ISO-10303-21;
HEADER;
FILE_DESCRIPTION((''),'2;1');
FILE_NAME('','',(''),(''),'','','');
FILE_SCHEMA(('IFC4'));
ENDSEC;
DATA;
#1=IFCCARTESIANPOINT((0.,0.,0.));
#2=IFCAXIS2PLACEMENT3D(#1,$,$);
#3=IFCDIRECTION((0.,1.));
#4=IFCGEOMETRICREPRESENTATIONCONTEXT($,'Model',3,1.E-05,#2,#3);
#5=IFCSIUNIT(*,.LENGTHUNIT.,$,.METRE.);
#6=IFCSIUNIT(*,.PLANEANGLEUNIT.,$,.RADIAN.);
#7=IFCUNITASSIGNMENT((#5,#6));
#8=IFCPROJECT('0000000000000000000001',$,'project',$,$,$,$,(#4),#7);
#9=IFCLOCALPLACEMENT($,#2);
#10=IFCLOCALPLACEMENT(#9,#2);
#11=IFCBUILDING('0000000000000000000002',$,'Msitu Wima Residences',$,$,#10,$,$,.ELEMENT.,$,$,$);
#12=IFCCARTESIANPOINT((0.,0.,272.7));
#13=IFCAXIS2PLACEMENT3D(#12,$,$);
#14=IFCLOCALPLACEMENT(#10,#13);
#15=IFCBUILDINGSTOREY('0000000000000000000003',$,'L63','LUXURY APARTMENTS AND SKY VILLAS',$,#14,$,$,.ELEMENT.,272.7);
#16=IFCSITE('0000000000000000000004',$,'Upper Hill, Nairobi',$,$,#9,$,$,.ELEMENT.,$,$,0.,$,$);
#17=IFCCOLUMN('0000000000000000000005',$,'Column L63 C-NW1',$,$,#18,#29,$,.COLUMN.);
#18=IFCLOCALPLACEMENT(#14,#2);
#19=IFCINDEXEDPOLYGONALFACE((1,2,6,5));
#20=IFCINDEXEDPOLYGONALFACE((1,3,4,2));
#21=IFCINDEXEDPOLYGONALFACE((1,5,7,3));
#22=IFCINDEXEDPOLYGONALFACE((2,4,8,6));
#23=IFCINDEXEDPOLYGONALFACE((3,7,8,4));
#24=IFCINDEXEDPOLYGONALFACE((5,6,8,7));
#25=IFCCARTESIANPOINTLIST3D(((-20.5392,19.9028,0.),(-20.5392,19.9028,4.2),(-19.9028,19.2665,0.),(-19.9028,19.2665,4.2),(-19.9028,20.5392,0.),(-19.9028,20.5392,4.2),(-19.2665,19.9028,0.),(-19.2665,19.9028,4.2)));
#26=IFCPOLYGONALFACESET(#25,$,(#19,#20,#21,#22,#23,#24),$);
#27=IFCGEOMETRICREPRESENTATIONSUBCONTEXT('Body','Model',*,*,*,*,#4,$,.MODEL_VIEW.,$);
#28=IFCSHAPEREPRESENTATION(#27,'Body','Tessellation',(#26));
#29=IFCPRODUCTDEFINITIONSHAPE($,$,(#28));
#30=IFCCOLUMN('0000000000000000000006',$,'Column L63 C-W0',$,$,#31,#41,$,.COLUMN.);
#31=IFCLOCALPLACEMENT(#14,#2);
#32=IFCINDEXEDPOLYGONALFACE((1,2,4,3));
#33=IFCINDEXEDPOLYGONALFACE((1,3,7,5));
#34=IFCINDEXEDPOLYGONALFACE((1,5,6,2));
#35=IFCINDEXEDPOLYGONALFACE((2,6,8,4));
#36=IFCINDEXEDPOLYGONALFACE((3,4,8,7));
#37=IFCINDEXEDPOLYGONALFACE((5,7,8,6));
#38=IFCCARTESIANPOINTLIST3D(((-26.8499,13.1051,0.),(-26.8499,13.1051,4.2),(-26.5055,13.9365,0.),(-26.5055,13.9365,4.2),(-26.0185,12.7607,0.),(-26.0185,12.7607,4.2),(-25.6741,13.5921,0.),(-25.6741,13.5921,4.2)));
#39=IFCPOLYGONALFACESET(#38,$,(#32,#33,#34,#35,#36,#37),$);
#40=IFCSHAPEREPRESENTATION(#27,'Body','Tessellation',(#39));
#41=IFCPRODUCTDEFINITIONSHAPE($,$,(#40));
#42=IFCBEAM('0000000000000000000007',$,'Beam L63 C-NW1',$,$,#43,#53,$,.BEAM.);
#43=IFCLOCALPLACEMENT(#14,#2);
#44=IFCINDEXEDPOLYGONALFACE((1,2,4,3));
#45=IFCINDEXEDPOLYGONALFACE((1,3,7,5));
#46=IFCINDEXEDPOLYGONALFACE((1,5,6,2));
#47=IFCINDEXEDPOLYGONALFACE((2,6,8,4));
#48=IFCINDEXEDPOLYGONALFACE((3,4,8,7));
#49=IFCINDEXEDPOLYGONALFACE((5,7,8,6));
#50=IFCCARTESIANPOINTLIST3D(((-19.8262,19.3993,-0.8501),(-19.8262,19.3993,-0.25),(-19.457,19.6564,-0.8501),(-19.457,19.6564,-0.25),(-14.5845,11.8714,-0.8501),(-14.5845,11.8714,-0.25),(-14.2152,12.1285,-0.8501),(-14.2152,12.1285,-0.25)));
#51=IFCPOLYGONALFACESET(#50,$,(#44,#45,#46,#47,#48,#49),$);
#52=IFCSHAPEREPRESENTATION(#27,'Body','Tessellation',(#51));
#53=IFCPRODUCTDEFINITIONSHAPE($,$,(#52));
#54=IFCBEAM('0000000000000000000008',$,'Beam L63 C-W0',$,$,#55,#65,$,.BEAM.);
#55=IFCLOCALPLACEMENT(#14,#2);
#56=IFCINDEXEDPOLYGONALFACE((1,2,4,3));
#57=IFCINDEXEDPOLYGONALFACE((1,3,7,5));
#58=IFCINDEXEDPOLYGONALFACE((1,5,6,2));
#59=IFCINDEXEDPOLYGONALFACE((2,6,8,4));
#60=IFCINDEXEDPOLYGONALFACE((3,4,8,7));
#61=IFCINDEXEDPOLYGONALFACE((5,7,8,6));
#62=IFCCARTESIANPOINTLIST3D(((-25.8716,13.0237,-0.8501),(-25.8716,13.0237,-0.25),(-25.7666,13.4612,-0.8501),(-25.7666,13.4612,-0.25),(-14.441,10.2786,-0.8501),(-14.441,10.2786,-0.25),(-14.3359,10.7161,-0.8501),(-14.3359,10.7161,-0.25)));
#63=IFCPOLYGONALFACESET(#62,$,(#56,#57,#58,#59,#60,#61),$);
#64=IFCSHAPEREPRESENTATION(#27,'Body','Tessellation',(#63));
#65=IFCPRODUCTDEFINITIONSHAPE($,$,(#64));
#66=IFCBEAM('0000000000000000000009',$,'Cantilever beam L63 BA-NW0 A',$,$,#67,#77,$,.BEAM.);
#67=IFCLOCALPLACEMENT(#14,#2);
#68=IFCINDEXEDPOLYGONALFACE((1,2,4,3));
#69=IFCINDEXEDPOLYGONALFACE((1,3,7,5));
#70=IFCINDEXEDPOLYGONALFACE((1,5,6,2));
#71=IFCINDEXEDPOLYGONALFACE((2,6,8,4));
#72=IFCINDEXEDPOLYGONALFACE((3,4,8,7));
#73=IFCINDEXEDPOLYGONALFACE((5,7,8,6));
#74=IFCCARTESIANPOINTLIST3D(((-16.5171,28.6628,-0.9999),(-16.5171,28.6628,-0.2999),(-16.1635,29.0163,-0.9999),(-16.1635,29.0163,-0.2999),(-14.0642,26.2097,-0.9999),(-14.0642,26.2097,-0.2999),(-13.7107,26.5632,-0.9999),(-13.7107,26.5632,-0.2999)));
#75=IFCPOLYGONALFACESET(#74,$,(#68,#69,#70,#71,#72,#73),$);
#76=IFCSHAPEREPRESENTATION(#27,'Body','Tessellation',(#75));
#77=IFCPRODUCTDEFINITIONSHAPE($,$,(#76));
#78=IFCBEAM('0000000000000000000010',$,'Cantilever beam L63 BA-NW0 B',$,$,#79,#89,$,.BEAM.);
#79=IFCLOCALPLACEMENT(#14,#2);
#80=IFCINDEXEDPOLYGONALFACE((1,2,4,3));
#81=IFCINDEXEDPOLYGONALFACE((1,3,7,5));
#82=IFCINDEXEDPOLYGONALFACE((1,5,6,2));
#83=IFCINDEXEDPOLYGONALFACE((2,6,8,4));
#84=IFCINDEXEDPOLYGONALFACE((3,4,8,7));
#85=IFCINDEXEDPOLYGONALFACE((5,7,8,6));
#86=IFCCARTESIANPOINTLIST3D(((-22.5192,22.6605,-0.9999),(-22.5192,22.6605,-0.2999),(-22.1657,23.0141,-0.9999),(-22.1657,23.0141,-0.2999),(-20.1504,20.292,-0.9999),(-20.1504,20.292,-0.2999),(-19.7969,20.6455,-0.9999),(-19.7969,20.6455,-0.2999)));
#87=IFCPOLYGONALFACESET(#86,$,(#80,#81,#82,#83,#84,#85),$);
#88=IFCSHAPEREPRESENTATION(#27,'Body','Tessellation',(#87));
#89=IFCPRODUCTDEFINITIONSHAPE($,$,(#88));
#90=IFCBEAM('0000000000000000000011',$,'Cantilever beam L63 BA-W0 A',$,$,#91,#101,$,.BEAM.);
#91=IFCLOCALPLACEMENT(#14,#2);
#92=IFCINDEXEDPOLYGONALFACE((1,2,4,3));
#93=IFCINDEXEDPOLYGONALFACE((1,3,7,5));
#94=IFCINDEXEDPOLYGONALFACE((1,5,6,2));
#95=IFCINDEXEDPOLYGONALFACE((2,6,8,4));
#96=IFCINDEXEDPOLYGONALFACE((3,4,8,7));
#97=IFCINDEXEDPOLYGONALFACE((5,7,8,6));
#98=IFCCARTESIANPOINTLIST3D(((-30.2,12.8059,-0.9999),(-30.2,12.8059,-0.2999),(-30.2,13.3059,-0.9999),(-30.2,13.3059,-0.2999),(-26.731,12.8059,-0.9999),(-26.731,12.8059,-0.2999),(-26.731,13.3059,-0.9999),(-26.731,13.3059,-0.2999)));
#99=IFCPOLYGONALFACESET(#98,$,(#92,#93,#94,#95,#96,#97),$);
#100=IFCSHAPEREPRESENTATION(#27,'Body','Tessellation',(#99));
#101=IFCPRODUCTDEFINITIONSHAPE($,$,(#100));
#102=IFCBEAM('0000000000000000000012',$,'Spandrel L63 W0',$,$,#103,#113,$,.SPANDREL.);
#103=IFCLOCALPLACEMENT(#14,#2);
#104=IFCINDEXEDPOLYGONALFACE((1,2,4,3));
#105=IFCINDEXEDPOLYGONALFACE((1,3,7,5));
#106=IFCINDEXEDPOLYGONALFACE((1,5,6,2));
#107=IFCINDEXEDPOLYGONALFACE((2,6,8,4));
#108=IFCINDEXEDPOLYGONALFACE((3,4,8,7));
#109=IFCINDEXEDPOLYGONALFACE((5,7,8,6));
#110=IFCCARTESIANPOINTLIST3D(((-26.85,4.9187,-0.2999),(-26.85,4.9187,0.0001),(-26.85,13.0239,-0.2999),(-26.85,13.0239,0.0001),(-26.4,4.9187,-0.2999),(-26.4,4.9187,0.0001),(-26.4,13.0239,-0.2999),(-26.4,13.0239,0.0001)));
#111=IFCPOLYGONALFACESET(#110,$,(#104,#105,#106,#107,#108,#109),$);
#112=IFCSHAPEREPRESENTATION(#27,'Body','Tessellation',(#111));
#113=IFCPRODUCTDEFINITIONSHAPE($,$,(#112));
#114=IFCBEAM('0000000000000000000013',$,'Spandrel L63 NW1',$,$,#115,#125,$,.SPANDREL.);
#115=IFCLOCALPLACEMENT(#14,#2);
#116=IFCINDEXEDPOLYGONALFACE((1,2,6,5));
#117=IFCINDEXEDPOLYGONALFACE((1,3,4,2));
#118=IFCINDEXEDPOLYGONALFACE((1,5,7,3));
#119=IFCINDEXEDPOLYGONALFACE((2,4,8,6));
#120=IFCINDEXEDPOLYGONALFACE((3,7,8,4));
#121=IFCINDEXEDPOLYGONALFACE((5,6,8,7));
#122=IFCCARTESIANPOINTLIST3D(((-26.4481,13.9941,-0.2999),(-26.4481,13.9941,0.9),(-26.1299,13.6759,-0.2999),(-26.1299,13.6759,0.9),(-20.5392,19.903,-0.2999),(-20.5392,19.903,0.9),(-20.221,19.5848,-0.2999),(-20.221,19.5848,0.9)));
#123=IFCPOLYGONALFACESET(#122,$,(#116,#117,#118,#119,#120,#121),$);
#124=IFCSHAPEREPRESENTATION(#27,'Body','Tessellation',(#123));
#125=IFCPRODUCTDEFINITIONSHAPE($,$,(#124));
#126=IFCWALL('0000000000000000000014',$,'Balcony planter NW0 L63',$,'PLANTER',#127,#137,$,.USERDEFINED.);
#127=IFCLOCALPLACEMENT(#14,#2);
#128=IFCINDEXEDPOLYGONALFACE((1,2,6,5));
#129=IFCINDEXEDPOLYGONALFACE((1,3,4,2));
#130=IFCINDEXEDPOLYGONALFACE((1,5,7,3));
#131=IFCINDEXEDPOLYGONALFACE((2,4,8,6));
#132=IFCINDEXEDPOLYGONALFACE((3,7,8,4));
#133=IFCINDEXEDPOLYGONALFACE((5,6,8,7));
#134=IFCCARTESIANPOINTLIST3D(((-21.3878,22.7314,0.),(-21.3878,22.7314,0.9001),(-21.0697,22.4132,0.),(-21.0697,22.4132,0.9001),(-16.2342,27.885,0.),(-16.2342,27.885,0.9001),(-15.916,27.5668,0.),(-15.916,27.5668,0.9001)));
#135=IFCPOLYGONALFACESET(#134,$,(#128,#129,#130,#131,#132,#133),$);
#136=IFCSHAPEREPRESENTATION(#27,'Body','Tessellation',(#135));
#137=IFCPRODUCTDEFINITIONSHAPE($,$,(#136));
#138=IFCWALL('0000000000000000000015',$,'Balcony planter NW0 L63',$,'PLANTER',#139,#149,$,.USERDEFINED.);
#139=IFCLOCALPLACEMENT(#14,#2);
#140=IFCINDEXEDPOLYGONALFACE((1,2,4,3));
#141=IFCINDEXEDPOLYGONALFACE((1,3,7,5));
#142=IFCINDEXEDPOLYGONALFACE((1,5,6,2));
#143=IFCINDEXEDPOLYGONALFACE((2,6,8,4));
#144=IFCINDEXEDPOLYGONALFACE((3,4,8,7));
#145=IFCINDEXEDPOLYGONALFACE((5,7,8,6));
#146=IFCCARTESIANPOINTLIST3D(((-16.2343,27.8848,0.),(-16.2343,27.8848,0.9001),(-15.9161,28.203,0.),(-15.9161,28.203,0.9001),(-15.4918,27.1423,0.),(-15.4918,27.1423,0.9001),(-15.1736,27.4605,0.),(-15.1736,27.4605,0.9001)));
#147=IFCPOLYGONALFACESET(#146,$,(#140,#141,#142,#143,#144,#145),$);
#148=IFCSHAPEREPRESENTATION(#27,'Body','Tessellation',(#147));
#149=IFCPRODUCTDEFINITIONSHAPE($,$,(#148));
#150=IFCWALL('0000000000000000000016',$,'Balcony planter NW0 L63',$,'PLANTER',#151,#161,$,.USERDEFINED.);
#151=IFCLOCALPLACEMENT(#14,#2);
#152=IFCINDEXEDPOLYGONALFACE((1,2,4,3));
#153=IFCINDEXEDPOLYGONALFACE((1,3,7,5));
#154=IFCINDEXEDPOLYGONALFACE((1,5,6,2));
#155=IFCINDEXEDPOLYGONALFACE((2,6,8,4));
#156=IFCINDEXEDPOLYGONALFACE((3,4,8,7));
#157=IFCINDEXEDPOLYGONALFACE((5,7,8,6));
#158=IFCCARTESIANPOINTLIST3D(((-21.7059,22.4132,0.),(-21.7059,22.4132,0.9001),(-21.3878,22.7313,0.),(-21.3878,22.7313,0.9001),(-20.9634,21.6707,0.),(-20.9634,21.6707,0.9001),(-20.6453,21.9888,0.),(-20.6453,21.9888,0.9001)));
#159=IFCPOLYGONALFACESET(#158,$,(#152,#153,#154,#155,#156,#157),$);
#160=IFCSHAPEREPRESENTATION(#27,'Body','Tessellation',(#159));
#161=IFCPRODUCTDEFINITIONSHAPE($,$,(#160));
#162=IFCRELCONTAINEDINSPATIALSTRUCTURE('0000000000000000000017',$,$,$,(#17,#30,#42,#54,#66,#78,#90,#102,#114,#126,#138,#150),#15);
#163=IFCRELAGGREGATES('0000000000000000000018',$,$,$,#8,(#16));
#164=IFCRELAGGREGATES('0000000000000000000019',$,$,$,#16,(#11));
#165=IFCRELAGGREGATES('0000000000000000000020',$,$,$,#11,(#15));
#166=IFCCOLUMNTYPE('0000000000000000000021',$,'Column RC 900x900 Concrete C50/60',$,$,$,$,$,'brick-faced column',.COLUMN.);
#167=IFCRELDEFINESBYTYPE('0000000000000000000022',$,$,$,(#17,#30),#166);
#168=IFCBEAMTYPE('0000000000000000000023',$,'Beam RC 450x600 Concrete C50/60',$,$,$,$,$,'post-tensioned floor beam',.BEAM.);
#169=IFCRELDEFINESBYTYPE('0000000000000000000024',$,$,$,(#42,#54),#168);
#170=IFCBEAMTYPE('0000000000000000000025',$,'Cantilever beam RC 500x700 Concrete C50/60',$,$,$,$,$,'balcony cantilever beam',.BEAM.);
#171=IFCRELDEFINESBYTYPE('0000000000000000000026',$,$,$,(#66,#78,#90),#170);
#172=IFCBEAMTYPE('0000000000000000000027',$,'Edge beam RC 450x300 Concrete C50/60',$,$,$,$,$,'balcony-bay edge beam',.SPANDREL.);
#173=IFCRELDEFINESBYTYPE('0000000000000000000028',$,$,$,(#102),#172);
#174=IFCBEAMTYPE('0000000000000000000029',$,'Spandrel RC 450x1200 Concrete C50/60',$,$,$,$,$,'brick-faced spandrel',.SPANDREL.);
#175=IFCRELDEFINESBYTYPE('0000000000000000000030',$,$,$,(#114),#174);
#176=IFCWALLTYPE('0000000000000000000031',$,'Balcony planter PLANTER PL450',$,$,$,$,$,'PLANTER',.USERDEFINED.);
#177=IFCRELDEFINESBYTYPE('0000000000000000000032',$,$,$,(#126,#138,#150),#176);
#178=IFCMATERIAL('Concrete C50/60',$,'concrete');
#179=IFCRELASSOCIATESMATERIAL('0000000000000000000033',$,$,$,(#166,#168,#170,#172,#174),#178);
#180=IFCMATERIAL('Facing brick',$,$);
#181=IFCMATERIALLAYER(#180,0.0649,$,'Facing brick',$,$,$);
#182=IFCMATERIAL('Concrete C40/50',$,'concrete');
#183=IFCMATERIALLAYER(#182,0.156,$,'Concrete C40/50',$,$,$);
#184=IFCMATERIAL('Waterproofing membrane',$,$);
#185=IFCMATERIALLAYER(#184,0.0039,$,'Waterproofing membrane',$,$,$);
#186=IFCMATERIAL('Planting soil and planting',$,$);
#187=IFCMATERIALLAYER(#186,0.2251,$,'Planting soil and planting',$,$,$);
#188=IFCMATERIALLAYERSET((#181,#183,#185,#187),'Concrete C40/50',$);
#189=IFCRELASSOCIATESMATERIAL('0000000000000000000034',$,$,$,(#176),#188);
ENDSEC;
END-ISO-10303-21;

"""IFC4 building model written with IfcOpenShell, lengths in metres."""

from ifc_helpers import new_model, si_unit, direction, frame, frame_2d, origin, origin_2d, place, context, subcontext, project, spatial, rectangle, extrude, material, layer, layer_set, material_profile, profile_set, type_object, element, save


model = new_model("IFC4")

# Units and contexts
model_context = context("Model", 3, precision=1e-05, world=origin(), true_north=direction((0.0, 1.0)))
body_context = subcontext(model_context, "Body", "Model", "MODEL_VIEW")
ifc_project = project(units=[si_unit("LENGTHUNIT", "METRE"), si_unit("PLANEANGLEUNIT", "RADIAN")], contexts=[model_context])

# Site, building, storey
site_placement = place(None, origin())
site = spatial("IfcSite", under=ifc_project, at=site_placement, Name="Upper Hill, Nairobi", CompositionType="ELEMENT", RefElevation=0.0)
building_placement = place(site_placement, origin())
building = spatial("IfcBuilding", under=site, at=building_placement, Name="Msitu Wima Residences", CompositionType="ELEMENT")
storey_placement = place(building_placement, frame((0.0, 0.0, 272.7)))
storey = spatial("IfcBuildingStorey", under=building, at=storey_placement, Name="L63", Description="LUXURY APARTMENTS AND SKY VILLAS", CompositionType="ELEMENT", Elevation=272.7)

# Columns
ifc_material_1 = material(Name="Concrete C50/60", Category="concrete")
ifc_material_profile_1 = material_profile(ifc_material_1, rectangle(XDim=0.8999, YDim=0.8999, at=origin_2d()), Name="RC 900x900")
ifc_profile_set_1 = profile_set([ifc_material_profile_1], Name="Concrete C50/60")
column_type = type_object("IfcColumnType", Name="Column RC 900x900 Concrete C50/60", ElementType="brick-faced column", PredefinedType="COLUMN", material=ifc_profile_set_1)
for number, where, z_axis, x_axis, name in (
    (1, (-19.9028, 19.9028, 0.0), (0.0, 0.0, 1.0), (-0.707107, -0.707107, 0.0), "Column L63 C-NW1"),
    (2, (-26.262, 13.3486, 0.0), (0.0, 0.0, 1.0), (-0.382683, -0.92388, 0.0), "Column L63 C-W0"),
):
    element("IfcColumn", number, at=place(storey_placement, frame(where, z_axis=z_axis, x_axis=x_axis)), inside=storey, type_object=column_type, Name=name, PredefinedType="COLUMN", context=body_context, shape_type="SweptSolid", body=[
        extrude(rectangle(XDim=0.8999, YDim=0.8999, at=origin_2d()), origin(), (0.0, 0.0, 1.0), 4.2),
    ])

# Beams
ifc_material_profile_2 = material_profile(ifc_material_1, rectangle(XDim=0.45, YDim=0.6001, at=origin_2d()), Name="RC 450x600")
ifc_profile_set_2 = profile_set([ifc_material_profile_2], Name="Concrete C50/60")
beam_type_1 = type_object("IfcBeamType", Name="Beam RC 450x600 Concrete C50/60", ElementType="post-tensioned floor beam", PredefinedType="BEAM", material=ifc_profile_set_2)
beam_1_placement = place(storey_placement, frame((-19.6416, 19.5278, -0.55), z_axis=(0.571428, -0.820652, 0.0), x_axis=(0.820652, 0.571428, 0.0)))
element("IfcBeam", 3, at=beam_1_placement, inside=storey, type_object=beam_type_1, Name="Beam L63 C-NW1", PredefinedType="BEAM", context=body_context, shape_type="SweptSolid", body=[
    extrude(rectangle(XDim=0.45, YDim=0.6001, at=origin_2d()), origin(), (0.0, 0.0, 1.0), 9.1731),
])
beam_2_placement = place(storey_placement, frame((-25.8191, 13.2424, -0.55), z_axis=(0.972353, -0.233514, 0.0), x_axis=(0.233514, 0.972353, 0.0)))
element("IfcBeam", 4, at=beam_2_placement, inside=storey, type_object=beam_type_1, Name="Beam L63 C-W0", PredefinedType="BEAM", context=body_context, shape_type="SweptSolid", body=[
    extrude(rectangle(XDim=0.45, YDim=0.6001, at=origin_2d()), origin(), (0.0, 0.0, 1.0), 11.7556),
])
ifc_material_profile_3 = material_profile(ifc_material_1, rectangle(XDim=0.5, YDim=0.7, at=origin_2d()), Name="RC 500x700")
ifc_profile_set_3 = profile_set([ifc_material_profile_3], Name="Concrete C50/60")
beam_type_2 = type_object("IfcBeamType", Name="Cantilever beam RC 500x700 Concrete C50/60", ElementType="balcony cantilever beam", PredefinedType="BEAM", material=ifc_profile_set_3)
beam_3_placement = place(storey_placement, frame((-13.8875, 26.3865, -0.6499), z_axis=(-0.707072, 0.707142, 0.0), x_axis=(-0.707142, -0.707072, 0.0)))
element("IfcBeam", 5, at=beam_3_placement, inside=storey, type_object=beam_type_2, Name="Cantilever beam L63 BA-NW0 A", PredefinedType="BEAM", context=body_context, shape_type="SweptSolid", body=[
    extrude(rectangle(XDim=0.5, YDim=0.7, at=origin_2d()), origin(), (0.0, 0.0, 1.0), 3.469),
])
beam_4_placement = place(storey_placement, frame((-19.9736, 20.4688, -0.6499), z_axis=(-0.707143, 0.70707, 0.0), x_axis=(-0.70707, -0.707143, 0.0)))
element("IfcBeam", 6, at=beam_4_placement, inside=storey, type_object=beam_type_2, Name="Cantilever beam L63 BA-NW0 B", PredefinedType="BEAM", context=body_context, shape_type="SweptSolid", body=[
    extrude(rectangle(XDim=0.5, YDim=0.7, at=origin_2d()), origin(), (0.0, 0.0, 1.0), 3.3499),
])
beam_5_placement = place(storey_placement, frame((-26.731, 13.0559, -0.6499), z_axis=(-1.0, 0.0, 0.0), x_axis=(0.0, -1.0, 0.0)))
element("IfcBeam", 7, at=beam_5_placement, inside=storey, type_object=beam_type_2, Name="Cantilever beam L63 BA-W0 A", PredefinedType="BEAM", context=body_context, shape_type="SweptSolid", body=[
    extrude(rectangle(XDim=0.5, YDim=0.7, at=origin_2d()), origin(), (0.0, 0.0, 1.0), 3.469),
])
ifc_material_profile_4 = material_profile(ifc_material_1, rectangle(XDim=0.45, YDim=0.3, at=origin_2d()), Name="RC 450x300")
ifc_profile_set_4 = profile_set([ifc_material_profile_4], Name="Concrete C50/60")
beam_type_3 = type_object("IfcBeamType", Name="Edge beam RC 450x300 Concrete C50/60", ElementType="balcony-bay edge beam", PredefinedType="SPANDREL", material=ifc_profile_set_4)
beam_6_placement = place(storey_placement, frame((-26.625, 13.0239, -0.1499), z_axis=(0.0, -1.0, 0.0), x_axis=(1.0, 0.0, 0.0)))
element("IfcBeam", 8, at=beam_6_placement, inside=storey, type_object=beam_type_3, Name="Spandrel L63 W0", PredefinedType="SPANDREL", context=body_context, shape_type="SweptSolid", body=[
    extrude(rectangle(XDim=0.45, YDim=0.3, at=origin_2d()), origin(), (0.0, 0.0, 1.0), 8.1052),
])
ifc_material_profile_5 = material_profile(ifc_material_1, rectangle(XDim=0.45, YDim=1.2, at=origin_2d()), Name="RC 450x1200")
ifc_profile_set_5 = profile_set([ifc_material_profile_5], Name="Concrete C50/60")
beam_type_4 = type_object("IfcBeamType", Name="Spandrel RC 450x1200 Concrete C50/60", ElementType="brick-faced spandrel", PredefinedType="SPANDREL", material=ifc_profile_set_5)
beam_7_placement = place(storey_placement, frame((-20.3801, 19.7439, 0.3), z_axis=(-0.707107, -0.707107, 0.0), x_axis=(0.707107, -0.707107, 0.0)))
element("IfcBeam", 9, at=beam_7_placement, inside=storey, type_object=beam_type_4, Name="Spandrel L63 NW1", PredefinedType="SPANDREL", context=body_context, shape_type="SweptSolid", body=[
    extrude(rectangle(XDim=0.45, YDim=1.2, at=origin_2d()), origin(), (0.0, 0.0, 1.0), 8.3564),
])

# Walls
ifc_material_2 = material(Name="Facing brick")
ifc_layer_1 = layer(ifc_material_2, 0.0649, Name="Facing brick")
ifc_material_3 = material(Name="Concrete C40/50", Category="concrete")
ifc_layer_2 = layer(ifc_material_3, 0.156, Name="Concrete C40/50")
ifc_material_4 = material(Name="Waterproofing membrane")
ifc_layer_3 = layer(ifc_material_4, 0.0039, Name="Waterproofing membrane")
ifc_material_5 = material(Name="Planting soil and planting")
ifc_layer_4 = layer(ifc_material_5, 0.2251, Name="Planting soil and planting")
ifc_layer_set_1 = layer_set([ifc_layer_1, ifc_layer_2, ifc_layer_3, ifc_layer_4], Name="Concrete C40/50")
wall_type_1 = type_object("IfcWallType", Name="Balcony planter PLANTER PL450", ElementType="PLANTER", PredefinedType="USERDEFINED", material=ifc_layer_set_1)
wall_1_placement = place(storey_placement, frame((-16.0752, 27.7258, 0.0), z_axis=(0.0, 0.0, 1.0), x_axis=(-0.707107, -0.707107, 0.0)))
element("IfcWall", 10, at=wall_1_placement, inside=storey, type_object=wall_type_1, Name="Balcony planter NW0 L63", ObjectType="PLANTER", PredefinedType="USERDEFINED", context=body_context, shape_type="SweptSolid", body=[
    extrude(rectangle(XDim=7.2883, YDim=0.45, at=frame_2d((3.644, 0.0))), origin(), (0.0, 0.0, 1.0), 0.9001),
])
for number, where, z_axis, x_axis, name in (
    (11, (-15.3328, 27.3015, 0.0), (0.0, 0.0, 1.0), (-0.707107, 0.707107, 0.0), "Balcony planter NW0 L63"),
    (12, (-20.8044, 21.8298, 0.0), (0.0, 0.0, 1.0), (-0.707107, 0.707107, 0.0), "Balcony planter NW0 L63"),
):
    element("IfcWall", number, at=place(storey_placement, frame(where, z_axis=z_axis, x_axis=x_axis)), inside=storey, type_object=wall_type_1, Name=name, ObjectType="PLANTER", PredefinedType="USERDEFINED", context=body_context, shape_type="SweptSolid", body=[
        extrude(rectangle(XDim=1.05, YDim=0.45, at=frame_2d((0.5249, 0.0))), origin(), (0.0, 0.0, 1.0), 0.9001),
    ])

save(model, "model.ifc")
